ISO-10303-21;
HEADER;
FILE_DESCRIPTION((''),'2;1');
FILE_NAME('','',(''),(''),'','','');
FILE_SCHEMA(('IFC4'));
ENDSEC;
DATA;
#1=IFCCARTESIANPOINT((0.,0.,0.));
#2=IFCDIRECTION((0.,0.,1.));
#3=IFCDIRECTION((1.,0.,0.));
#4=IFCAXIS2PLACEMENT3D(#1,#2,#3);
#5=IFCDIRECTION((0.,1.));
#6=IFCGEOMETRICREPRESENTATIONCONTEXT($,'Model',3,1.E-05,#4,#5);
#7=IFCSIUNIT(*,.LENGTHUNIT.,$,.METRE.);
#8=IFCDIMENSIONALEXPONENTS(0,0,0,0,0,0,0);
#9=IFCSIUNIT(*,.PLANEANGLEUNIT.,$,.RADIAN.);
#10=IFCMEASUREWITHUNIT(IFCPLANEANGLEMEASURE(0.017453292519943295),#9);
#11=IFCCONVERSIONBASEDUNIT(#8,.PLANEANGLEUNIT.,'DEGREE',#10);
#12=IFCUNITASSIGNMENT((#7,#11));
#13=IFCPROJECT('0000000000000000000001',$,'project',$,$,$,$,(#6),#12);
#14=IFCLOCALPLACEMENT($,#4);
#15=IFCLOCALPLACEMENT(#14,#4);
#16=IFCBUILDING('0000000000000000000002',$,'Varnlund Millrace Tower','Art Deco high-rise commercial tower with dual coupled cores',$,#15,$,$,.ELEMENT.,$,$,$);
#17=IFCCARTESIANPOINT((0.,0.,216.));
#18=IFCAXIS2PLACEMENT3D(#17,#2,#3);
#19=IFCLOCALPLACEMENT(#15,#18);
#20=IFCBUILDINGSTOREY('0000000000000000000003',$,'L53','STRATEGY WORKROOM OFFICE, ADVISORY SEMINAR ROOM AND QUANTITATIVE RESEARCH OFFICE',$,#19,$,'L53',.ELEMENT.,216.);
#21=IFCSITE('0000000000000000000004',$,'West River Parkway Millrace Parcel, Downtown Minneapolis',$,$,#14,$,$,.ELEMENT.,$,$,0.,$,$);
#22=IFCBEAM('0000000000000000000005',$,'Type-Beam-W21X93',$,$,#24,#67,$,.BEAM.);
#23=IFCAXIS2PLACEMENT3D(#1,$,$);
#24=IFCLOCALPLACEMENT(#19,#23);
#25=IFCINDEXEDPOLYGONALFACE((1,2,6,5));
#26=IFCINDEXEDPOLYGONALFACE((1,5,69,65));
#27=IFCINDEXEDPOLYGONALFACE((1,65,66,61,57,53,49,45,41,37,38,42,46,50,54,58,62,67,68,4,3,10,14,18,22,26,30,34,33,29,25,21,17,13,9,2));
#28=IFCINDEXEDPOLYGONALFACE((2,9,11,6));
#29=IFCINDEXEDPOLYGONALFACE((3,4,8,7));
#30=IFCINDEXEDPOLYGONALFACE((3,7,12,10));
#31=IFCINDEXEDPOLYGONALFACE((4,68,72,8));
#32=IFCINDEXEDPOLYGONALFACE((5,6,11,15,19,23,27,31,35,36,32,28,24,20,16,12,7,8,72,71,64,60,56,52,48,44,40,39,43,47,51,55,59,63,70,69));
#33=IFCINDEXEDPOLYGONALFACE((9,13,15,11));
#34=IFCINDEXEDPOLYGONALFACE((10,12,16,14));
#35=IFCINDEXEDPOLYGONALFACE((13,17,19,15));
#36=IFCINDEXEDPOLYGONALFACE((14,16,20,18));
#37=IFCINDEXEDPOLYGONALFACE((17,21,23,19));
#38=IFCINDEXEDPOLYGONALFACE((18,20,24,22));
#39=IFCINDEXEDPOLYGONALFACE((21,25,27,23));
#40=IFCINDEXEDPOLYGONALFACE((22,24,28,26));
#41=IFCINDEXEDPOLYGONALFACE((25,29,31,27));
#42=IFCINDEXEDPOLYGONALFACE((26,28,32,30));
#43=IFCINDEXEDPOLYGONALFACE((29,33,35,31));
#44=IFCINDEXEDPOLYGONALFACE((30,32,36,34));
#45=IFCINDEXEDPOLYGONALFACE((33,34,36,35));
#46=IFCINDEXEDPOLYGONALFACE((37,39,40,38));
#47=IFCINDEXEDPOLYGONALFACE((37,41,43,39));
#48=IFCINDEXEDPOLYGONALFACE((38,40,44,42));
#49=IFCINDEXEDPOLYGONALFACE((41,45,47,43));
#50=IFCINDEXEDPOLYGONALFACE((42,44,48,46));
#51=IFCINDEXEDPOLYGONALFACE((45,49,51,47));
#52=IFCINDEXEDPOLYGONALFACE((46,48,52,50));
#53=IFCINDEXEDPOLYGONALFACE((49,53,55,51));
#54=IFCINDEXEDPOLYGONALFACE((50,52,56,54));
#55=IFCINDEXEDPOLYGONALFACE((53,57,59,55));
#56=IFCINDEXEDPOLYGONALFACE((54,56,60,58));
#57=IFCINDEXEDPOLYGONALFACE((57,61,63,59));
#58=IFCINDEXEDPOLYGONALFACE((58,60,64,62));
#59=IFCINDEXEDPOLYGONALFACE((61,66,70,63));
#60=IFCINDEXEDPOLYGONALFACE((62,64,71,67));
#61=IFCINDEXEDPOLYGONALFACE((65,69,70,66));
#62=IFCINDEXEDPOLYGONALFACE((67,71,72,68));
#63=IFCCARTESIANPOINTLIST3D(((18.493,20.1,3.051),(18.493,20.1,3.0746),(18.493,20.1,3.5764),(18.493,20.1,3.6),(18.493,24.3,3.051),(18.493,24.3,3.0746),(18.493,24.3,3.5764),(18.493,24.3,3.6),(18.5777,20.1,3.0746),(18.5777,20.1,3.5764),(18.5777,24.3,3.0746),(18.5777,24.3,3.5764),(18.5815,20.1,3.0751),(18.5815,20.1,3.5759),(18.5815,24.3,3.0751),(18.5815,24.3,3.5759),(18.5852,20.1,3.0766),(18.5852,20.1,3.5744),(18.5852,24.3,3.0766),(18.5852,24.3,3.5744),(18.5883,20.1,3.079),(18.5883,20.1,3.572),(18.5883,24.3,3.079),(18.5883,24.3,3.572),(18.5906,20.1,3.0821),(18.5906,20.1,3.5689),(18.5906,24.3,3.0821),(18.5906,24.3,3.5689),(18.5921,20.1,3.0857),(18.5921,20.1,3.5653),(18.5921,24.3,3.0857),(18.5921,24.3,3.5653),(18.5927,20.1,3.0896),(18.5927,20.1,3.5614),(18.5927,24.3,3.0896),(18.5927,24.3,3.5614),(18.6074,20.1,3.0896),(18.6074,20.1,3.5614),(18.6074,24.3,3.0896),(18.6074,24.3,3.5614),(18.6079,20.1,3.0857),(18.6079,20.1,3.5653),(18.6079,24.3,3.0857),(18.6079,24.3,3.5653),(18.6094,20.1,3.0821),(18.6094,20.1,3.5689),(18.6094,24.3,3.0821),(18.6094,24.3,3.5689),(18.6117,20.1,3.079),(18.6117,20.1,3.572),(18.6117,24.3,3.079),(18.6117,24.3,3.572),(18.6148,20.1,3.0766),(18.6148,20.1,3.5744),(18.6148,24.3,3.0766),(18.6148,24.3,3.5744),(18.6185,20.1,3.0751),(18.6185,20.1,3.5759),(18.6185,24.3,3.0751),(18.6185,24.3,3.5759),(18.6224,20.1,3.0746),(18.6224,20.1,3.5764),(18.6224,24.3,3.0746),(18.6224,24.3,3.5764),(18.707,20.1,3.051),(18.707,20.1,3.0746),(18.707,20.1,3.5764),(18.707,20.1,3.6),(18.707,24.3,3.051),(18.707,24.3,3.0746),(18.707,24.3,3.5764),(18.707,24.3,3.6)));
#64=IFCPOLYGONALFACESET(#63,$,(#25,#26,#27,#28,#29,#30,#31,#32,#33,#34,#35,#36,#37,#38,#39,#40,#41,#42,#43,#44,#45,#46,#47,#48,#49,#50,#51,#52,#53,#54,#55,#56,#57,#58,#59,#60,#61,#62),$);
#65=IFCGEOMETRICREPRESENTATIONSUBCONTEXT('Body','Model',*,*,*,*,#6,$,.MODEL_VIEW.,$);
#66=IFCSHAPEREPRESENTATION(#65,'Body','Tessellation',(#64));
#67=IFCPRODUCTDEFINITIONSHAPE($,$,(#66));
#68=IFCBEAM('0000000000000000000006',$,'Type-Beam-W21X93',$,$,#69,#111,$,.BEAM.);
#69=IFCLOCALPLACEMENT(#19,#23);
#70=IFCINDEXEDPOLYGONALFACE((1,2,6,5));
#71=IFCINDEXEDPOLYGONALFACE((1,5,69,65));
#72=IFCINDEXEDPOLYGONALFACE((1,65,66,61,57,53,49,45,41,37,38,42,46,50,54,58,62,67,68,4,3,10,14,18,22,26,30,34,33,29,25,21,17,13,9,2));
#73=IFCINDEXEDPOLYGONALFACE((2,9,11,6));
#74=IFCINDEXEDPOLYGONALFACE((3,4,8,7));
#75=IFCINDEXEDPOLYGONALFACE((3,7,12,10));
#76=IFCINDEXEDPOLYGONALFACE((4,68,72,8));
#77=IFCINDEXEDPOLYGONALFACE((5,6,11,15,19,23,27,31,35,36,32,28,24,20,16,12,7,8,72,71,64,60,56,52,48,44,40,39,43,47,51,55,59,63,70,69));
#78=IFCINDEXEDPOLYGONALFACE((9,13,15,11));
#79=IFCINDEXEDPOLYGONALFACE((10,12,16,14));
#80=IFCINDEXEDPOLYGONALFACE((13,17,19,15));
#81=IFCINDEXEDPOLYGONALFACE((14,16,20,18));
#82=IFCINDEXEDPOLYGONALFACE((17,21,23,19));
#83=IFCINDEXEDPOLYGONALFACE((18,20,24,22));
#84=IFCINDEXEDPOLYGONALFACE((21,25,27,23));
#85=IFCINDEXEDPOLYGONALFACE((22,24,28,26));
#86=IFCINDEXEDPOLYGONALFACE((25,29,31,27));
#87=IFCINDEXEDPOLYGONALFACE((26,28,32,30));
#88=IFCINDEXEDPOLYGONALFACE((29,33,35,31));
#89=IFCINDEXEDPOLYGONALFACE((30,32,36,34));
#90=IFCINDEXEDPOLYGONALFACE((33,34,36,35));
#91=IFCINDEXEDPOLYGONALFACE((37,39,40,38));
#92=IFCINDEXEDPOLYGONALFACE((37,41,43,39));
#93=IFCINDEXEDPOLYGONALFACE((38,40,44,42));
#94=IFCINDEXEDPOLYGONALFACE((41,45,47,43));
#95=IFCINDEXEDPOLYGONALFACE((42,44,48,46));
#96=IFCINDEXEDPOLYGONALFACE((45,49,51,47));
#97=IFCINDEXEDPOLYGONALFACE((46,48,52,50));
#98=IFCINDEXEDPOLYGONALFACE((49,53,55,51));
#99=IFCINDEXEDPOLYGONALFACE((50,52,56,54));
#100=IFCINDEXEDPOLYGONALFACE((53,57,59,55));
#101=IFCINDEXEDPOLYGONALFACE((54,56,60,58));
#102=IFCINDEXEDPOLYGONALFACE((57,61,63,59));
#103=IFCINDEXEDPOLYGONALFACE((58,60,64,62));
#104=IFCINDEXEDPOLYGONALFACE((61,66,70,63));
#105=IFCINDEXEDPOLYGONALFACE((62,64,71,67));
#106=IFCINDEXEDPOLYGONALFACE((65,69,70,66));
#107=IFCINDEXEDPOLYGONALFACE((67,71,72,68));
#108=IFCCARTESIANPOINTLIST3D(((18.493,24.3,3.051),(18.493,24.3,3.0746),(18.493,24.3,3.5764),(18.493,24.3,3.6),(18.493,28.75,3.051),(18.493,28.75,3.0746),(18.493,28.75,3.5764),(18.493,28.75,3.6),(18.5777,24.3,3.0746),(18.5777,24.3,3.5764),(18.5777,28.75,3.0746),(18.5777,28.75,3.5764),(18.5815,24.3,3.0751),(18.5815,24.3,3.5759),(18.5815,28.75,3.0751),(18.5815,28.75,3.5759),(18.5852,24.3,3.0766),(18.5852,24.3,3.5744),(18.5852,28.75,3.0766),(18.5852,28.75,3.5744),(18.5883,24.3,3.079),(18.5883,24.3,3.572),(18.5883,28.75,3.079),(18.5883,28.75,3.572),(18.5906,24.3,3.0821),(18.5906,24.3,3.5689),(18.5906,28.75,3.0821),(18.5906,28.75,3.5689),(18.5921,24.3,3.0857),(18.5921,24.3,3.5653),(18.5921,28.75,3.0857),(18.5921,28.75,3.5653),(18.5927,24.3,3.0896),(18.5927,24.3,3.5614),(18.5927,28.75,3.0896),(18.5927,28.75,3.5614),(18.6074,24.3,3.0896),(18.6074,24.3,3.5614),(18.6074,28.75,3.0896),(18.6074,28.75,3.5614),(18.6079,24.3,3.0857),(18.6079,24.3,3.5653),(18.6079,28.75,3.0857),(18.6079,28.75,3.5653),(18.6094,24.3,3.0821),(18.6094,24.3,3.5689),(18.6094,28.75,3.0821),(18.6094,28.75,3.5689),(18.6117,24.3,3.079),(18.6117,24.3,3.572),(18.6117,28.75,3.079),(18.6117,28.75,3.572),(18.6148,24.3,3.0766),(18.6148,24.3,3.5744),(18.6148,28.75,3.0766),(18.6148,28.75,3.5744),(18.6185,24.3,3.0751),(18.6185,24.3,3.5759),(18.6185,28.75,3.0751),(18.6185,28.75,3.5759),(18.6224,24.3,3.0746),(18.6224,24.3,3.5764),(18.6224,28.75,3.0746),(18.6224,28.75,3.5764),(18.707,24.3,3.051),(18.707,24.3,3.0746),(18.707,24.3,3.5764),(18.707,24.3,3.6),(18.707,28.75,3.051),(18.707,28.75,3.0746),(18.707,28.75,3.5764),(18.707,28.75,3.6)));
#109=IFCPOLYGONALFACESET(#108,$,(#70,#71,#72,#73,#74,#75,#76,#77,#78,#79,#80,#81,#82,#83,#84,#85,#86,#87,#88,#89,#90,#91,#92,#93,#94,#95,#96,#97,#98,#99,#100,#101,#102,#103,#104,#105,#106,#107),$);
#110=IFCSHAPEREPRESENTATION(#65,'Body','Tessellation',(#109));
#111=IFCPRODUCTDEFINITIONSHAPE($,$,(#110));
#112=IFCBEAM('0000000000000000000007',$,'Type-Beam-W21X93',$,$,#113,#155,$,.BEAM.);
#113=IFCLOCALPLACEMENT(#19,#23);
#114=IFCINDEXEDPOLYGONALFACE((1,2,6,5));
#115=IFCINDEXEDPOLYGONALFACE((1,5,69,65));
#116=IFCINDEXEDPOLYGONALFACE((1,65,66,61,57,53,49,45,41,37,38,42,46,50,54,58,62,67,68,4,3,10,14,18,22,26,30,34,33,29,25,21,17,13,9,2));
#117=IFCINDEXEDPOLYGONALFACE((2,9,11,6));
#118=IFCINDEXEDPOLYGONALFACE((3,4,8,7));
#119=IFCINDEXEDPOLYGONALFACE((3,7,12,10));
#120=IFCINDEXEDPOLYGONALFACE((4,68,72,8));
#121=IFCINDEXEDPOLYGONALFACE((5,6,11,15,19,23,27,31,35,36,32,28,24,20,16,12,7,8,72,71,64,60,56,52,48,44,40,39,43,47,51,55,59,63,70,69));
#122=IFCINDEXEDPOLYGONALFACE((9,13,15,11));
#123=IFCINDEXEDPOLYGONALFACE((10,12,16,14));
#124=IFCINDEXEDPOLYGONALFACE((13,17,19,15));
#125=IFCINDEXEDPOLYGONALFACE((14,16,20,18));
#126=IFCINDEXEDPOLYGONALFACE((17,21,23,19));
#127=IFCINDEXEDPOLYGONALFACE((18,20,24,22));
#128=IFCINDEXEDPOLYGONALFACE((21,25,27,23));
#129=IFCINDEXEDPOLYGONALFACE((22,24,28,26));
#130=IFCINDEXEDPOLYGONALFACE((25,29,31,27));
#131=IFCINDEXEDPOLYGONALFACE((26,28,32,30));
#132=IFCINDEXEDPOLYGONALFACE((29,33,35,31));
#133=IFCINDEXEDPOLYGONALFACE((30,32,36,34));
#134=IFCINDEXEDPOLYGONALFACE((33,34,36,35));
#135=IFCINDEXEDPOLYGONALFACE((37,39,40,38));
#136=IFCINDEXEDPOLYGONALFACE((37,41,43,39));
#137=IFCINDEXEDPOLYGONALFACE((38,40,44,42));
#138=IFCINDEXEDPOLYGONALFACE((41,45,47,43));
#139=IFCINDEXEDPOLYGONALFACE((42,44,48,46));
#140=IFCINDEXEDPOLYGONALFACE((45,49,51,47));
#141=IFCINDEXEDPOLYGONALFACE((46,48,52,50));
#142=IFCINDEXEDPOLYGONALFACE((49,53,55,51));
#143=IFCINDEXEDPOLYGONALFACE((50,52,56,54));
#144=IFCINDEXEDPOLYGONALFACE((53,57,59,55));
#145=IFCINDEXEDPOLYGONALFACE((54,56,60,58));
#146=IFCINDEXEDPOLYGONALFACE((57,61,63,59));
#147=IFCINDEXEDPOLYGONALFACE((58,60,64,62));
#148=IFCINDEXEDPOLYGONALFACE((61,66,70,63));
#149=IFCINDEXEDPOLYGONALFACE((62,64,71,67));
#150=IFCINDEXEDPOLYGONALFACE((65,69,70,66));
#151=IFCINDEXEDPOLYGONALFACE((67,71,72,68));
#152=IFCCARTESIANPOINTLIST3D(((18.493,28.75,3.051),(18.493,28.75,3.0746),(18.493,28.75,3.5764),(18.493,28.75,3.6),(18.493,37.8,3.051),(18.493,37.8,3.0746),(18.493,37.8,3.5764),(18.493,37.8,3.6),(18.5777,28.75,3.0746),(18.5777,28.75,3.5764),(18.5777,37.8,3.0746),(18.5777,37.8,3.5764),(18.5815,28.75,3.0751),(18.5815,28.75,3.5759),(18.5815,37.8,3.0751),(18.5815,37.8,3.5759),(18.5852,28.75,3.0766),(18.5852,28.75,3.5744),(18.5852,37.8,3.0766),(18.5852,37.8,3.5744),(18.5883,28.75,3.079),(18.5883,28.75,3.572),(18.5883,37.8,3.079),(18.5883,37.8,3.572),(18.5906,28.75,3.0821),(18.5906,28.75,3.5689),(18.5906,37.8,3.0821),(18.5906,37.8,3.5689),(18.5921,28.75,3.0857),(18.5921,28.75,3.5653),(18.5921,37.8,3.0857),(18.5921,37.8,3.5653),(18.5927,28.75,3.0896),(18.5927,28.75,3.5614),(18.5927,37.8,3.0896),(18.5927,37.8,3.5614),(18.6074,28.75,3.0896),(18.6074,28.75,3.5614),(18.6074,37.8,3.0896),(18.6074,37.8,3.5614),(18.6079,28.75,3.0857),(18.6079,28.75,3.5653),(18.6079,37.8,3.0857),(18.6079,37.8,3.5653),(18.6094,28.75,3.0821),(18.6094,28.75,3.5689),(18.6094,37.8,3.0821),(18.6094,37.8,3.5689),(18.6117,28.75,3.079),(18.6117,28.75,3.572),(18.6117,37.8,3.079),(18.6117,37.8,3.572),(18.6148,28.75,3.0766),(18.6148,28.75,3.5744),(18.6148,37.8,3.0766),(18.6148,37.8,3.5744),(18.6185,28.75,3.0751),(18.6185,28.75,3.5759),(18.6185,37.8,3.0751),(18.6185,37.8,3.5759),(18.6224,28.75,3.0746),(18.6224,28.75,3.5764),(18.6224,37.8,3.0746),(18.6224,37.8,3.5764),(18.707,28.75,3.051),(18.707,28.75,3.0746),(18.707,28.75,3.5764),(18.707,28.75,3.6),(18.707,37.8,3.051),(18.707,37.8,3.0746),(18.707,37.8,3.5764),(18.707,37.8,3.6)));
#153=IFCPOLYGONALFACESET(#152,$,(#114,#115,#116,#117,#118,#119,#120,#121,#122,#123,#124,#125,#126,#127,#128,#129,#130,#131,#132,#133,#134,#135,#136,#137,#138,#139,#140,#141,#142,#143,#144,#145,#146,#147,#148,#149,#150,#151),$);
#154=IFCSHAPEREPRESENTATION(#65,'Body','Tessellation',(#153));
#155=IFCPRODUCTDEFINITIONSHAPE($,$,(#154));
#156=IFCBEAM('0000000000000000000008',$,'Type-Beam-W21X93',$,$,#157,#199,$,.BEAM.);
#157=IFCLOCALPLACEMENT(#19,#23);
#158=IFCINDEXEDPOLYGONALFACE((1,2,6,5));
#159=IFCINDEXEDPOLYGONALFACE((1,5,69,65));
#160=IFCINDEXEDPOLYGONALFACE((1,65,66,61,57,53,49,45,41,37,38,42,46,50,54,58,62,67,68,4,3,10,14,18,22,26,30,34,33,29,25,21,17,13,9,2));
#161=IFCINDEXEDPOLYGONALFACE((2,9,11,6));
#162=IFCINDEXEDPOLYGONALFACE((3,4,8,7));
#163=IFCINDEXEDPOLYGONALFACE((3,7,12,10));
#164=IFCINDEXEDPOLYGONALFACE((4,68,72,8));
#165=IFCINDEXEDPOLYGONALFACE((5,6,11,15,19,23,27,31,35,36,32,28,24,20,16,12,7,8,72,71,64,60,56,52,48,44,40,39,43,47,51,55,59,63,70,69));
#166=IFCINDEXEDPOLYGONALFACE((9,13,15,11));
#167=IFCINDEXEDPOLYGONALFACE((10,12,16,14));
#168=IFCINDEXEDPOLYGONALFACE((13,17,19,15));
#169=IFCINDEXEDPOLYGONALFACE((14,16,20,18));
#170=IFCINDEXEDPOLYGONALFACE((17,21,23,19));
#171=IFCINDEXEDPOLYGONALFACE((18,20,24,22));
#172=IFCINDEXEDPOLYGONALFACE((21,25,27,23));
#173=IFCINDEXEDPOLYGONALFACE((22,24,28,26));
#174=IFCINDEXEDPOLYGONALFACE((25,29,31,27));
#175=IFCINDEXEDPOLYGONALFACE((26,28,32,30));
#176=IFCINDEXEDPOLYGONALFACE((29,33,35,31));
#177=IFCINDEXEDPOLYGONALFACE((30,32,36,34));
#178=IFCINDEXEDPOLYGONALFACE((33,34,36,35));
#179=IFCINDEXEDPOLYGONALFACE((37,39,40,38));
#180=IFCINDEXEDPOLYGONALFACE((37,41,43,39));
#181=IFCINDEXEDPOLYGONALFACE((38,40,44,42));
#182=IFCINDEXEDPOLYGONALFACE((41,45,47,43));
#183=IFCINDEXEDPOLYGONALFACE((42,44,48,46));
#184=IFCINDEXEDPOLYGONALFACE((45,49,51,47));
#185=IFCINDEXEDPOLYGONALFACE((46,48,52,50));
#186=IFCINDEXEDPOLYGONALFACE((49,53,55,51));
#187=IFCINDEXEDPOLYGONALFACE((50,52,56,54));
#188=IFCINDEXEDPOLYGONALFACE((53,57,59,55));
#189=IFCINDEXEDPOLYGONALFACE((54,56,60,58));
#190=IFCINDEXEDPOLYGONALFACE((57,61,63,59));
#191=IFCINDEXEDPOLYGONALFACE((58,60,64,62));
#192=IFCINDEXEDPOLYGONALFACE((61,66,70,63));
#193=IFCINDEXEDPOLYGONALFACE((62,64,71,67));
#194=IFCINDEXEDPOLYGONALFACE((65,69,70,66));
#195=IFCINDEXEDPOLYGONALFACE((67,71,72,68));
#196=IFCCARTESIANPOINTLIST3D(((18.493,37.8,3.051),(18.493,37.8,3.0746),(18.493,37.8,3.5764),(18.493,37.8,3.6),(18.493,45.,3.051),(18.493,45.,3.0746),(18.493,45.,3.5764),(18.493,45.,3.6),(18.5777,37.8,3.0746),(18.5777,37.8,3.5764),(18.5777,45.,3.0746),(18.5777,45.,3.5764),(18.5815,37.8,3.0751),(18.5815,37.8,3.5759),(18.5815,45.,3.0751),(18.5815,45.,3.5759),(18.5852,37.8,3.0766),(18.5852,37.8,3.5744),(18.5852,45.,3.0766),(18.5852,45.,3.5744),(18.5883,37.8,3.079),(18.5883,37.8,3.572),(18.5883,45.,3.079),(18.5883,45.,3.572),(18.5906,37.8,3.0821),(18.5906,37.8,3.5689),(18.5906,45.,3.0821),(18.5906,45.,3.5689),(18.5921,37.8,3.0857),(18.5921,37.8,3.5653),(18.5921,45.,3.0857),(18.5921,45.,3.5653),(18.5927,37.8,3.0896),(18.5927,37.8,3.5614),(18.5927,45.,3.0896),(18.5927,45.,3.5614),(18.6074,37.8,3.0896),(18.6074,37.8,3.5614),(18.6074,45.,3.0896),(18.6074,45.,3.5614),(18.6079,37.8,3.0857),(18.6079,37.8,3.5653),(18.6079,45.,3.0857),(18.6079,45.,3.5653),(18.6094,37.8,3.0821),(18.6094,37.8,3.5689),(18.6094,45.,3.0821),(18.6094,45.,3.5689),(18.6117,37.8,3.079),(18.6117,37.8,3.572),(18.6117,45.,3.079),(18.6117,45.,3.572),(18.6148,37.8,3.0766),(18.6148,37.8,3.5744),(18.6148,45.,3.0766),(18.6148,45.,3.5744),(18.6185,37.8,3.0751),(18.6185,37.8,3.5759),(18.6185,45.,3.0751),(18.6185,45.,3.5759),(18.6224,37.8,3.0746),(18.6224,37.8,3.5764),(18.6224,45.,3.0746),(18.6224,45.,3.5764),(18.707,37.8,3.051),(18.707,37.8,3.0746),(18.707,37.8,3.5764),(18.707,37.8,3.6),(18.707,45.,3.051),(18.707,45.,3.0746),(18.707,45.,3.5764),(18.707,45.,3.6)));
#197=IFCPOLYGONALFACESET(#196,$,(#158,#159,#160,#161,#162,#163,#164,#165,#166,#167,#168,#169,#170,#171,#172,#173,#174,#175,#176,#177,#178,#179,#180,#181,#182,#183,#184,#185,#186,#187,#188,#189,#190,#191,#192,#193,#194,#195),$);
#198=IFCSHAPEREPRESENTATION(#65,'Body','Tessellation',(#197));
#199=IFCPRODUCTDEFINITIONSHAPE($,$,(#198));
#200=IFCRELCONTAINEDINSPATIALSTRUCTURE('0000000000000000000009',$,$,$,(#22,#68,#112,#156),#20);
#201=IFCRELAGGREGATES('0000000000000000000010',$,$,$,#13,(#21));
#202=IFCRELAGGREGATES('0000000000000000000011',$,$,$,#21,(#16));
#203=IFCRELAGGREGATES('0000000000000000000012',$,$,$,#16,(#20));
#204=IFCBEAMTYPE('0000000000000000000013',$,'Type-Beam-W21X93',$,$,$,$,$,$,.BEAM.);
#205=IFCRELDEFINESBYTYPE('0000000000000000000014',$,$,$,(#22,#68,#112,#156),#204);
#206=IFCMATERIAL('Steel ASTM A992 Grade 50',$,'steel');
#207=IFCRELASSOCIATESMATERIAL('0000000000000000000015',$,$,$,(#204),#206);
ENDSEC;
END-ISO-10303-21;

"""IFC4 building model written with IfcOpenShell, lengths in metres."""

from ifc_helpers import new_model, entity, si_unit, converted_unit, direction, frame, origin_with_axes, origin_2d_with_axis, place, context, subcontext, project, spatial, i_section, extrude, material, material_profile, profile_set, type_object, element, save


model = new_model("IFC4")

# Units and contexts
model_context = context("Model", 3, precision=1e-05, world=origin_with_axes(), true_north=direction((0.0, 1.0)))
body_context = subcontext(model_context, "Body", "Model", "MODEL_VIEW")
ifc_project = project(units=[si_unit("LENGTHUNIT", "METRE"), converted_unit("PLANEANGLEUNIT", "DEGREE", entity("IfcPlaneAngleMeasure", 0.017453292519943295), si_unit("PLANEANGLEUNIT", "RADIAN"), dimensions=[0, 0, 0, 0, 0, 0, 0])], contexts=[model_context])

# Site, building, storey
site_placement = place(None, origin_with_axes())
site = spatial("IfcSite", under=ifc_project, at=site_placement, Name="West River Parkway Millrace Parcel, Downtown Minneapolis", CompositionType="ELEMENT", RefElevation=0.0)
building_placement = place(site_placement, origin_with_axes())
building = spatial("IfcBuilding", under=site, at=building_placement, Name="Varnlund Millrace Tower", Description="Art Deco high-rise commercial tower with dual coupled cores", CompositionType="ELEMENT")
storey_placement = place(building_placement, frame((0.0, 0.0, 216.0), z_axis=(0.0, 0.0, 1.0), x_axis=(1.0, 0.0, 0.0)))
storey = spatial("IfcBuildingStorey", under=building, at=storey_placement, Name="L53", Description="STRATEGY WORKROOM OFFICE, ADVISORY SEMINAR ROOM AND QUANTITATIVE RESEARCH OFFICE", LongName="L53", CompositionType="ELEMENT", Elevation=216.0)

# Beams
ifc_material_1 = material(Name="Steel ASTM A992 Grade 50", Category="steel")
ifc_material_profile_1 = material_profile(ifc_material_1, i_section(OverallWidth=0.214, OverallDepth=0.549, WebThickness=0.0147, FlangeThickness=0.0236, FilletRadius=0.015, at=origin_2d_with_axis()), Name="Steel ASTM A992 Grade 50")
ifc_profile_set_1 = profile_set([ifc_material_profile_1], Name="Steel ASTM A992 Grade 50")
beam_type_1 = type_object("IfcBeamType", Name="Type-Beam-W21X93", PredefinedType="BEAM", material=ifc_profile_set_1)
beam_1_placement = place(storey_placement, frame((18.6, 20.1, 3.3255), z_axis=(0.0, 1.0, 0.0), x_axis=(-1.0, 0.0, 0.0)))
element("IfcBeam", 1, at=beam_1_placement, inside=storey, type_object=beam_type_1, Name="Type-Beam-W21X93", PredefinedType="BEAM", context=body_context, shape_type="SweptSolid", body=[
    extrude(i_section(OverallWidth=0.214, OverallDepth=0.549, WebThickness=0.0147, FlangeThickness=0.0236, FilletRadius=0.015, at=origin_2d_with_axis()), origin_with_axes(), (0.0, 0.0, 1.0), 4.2),
])
beam_2_placement = place(storey_placement, frame((18.6, 24.3, 3.3255), z_axis=(0.0, 1.0, 0.0), x_axis=(-1.0, 0.0, 0.0)))
element("IfcBeam", 2, at=beam_2_placement, inside=storey, type_object=beam_type_1, Name="Type-Beam-W21X93", PredefinedType="BEAM", context=body_context, shape_type="SweptSolid", body=[
    extrude(i_section(OverallWidth=0.214, OverallDepth=0.549, WebThickness=0.0147, FlangeThickness=0.0236, FilletRadius=0.015, at=origin_2d_with_axis()), origin_with_axes(), (0.0, 0.0, 1.0), 4.45),
])
beam_3_placement = place(storey_placement, frame((18.6, 28.75, 3.3255), z_axis=(0.0, 1.0, 0.0), x_axis=(-1.0, 0.0, 0.0)))
element("IfcBeam", 3, at=beam_3_placement, inside=storey, type_object=beam_type_1, Name="Type-Beam-W21X93", PredefinedType="BEAM", context=body_context, shape_type="SweptSolid", body=[
    extrude(i_section(OverallWidth=0.214, OverallDepth=0.549, WebThickness=0.0147, FlangeThickness=0.0236, FilletRadius=0.015, at=origin_2d_with_axis()), origin_with_axes(), (0.0, 0.0, 1.0), 9.05),
])
beam_4_placement = place(storey_placement, frame((18.6, 37.8, 3.3255), z_axis=(0.0, 1.0, 0.0), x_axis=(-1.0, 0.0, 0.0)))
element("IfcBeam", 4, at=beam_4_placement, inside=storey, type_object=beam_type_1, Name="Type-Beam-W21X93", PredefinedType="BEAM", context=body_context, shape_type="SweptSolid", body=[
    extrude(i_section(OverallWidth=0.214, OverallDepth=0.549, WebThickness=0.0147, FlangeThickness=0.0236, FilletRadius=0.015, at=origin_2d_with_axis()), origin_with_axes(), (0.0, 0.0, 1.0), 7.2),
])

save(model, "model.ifc")
